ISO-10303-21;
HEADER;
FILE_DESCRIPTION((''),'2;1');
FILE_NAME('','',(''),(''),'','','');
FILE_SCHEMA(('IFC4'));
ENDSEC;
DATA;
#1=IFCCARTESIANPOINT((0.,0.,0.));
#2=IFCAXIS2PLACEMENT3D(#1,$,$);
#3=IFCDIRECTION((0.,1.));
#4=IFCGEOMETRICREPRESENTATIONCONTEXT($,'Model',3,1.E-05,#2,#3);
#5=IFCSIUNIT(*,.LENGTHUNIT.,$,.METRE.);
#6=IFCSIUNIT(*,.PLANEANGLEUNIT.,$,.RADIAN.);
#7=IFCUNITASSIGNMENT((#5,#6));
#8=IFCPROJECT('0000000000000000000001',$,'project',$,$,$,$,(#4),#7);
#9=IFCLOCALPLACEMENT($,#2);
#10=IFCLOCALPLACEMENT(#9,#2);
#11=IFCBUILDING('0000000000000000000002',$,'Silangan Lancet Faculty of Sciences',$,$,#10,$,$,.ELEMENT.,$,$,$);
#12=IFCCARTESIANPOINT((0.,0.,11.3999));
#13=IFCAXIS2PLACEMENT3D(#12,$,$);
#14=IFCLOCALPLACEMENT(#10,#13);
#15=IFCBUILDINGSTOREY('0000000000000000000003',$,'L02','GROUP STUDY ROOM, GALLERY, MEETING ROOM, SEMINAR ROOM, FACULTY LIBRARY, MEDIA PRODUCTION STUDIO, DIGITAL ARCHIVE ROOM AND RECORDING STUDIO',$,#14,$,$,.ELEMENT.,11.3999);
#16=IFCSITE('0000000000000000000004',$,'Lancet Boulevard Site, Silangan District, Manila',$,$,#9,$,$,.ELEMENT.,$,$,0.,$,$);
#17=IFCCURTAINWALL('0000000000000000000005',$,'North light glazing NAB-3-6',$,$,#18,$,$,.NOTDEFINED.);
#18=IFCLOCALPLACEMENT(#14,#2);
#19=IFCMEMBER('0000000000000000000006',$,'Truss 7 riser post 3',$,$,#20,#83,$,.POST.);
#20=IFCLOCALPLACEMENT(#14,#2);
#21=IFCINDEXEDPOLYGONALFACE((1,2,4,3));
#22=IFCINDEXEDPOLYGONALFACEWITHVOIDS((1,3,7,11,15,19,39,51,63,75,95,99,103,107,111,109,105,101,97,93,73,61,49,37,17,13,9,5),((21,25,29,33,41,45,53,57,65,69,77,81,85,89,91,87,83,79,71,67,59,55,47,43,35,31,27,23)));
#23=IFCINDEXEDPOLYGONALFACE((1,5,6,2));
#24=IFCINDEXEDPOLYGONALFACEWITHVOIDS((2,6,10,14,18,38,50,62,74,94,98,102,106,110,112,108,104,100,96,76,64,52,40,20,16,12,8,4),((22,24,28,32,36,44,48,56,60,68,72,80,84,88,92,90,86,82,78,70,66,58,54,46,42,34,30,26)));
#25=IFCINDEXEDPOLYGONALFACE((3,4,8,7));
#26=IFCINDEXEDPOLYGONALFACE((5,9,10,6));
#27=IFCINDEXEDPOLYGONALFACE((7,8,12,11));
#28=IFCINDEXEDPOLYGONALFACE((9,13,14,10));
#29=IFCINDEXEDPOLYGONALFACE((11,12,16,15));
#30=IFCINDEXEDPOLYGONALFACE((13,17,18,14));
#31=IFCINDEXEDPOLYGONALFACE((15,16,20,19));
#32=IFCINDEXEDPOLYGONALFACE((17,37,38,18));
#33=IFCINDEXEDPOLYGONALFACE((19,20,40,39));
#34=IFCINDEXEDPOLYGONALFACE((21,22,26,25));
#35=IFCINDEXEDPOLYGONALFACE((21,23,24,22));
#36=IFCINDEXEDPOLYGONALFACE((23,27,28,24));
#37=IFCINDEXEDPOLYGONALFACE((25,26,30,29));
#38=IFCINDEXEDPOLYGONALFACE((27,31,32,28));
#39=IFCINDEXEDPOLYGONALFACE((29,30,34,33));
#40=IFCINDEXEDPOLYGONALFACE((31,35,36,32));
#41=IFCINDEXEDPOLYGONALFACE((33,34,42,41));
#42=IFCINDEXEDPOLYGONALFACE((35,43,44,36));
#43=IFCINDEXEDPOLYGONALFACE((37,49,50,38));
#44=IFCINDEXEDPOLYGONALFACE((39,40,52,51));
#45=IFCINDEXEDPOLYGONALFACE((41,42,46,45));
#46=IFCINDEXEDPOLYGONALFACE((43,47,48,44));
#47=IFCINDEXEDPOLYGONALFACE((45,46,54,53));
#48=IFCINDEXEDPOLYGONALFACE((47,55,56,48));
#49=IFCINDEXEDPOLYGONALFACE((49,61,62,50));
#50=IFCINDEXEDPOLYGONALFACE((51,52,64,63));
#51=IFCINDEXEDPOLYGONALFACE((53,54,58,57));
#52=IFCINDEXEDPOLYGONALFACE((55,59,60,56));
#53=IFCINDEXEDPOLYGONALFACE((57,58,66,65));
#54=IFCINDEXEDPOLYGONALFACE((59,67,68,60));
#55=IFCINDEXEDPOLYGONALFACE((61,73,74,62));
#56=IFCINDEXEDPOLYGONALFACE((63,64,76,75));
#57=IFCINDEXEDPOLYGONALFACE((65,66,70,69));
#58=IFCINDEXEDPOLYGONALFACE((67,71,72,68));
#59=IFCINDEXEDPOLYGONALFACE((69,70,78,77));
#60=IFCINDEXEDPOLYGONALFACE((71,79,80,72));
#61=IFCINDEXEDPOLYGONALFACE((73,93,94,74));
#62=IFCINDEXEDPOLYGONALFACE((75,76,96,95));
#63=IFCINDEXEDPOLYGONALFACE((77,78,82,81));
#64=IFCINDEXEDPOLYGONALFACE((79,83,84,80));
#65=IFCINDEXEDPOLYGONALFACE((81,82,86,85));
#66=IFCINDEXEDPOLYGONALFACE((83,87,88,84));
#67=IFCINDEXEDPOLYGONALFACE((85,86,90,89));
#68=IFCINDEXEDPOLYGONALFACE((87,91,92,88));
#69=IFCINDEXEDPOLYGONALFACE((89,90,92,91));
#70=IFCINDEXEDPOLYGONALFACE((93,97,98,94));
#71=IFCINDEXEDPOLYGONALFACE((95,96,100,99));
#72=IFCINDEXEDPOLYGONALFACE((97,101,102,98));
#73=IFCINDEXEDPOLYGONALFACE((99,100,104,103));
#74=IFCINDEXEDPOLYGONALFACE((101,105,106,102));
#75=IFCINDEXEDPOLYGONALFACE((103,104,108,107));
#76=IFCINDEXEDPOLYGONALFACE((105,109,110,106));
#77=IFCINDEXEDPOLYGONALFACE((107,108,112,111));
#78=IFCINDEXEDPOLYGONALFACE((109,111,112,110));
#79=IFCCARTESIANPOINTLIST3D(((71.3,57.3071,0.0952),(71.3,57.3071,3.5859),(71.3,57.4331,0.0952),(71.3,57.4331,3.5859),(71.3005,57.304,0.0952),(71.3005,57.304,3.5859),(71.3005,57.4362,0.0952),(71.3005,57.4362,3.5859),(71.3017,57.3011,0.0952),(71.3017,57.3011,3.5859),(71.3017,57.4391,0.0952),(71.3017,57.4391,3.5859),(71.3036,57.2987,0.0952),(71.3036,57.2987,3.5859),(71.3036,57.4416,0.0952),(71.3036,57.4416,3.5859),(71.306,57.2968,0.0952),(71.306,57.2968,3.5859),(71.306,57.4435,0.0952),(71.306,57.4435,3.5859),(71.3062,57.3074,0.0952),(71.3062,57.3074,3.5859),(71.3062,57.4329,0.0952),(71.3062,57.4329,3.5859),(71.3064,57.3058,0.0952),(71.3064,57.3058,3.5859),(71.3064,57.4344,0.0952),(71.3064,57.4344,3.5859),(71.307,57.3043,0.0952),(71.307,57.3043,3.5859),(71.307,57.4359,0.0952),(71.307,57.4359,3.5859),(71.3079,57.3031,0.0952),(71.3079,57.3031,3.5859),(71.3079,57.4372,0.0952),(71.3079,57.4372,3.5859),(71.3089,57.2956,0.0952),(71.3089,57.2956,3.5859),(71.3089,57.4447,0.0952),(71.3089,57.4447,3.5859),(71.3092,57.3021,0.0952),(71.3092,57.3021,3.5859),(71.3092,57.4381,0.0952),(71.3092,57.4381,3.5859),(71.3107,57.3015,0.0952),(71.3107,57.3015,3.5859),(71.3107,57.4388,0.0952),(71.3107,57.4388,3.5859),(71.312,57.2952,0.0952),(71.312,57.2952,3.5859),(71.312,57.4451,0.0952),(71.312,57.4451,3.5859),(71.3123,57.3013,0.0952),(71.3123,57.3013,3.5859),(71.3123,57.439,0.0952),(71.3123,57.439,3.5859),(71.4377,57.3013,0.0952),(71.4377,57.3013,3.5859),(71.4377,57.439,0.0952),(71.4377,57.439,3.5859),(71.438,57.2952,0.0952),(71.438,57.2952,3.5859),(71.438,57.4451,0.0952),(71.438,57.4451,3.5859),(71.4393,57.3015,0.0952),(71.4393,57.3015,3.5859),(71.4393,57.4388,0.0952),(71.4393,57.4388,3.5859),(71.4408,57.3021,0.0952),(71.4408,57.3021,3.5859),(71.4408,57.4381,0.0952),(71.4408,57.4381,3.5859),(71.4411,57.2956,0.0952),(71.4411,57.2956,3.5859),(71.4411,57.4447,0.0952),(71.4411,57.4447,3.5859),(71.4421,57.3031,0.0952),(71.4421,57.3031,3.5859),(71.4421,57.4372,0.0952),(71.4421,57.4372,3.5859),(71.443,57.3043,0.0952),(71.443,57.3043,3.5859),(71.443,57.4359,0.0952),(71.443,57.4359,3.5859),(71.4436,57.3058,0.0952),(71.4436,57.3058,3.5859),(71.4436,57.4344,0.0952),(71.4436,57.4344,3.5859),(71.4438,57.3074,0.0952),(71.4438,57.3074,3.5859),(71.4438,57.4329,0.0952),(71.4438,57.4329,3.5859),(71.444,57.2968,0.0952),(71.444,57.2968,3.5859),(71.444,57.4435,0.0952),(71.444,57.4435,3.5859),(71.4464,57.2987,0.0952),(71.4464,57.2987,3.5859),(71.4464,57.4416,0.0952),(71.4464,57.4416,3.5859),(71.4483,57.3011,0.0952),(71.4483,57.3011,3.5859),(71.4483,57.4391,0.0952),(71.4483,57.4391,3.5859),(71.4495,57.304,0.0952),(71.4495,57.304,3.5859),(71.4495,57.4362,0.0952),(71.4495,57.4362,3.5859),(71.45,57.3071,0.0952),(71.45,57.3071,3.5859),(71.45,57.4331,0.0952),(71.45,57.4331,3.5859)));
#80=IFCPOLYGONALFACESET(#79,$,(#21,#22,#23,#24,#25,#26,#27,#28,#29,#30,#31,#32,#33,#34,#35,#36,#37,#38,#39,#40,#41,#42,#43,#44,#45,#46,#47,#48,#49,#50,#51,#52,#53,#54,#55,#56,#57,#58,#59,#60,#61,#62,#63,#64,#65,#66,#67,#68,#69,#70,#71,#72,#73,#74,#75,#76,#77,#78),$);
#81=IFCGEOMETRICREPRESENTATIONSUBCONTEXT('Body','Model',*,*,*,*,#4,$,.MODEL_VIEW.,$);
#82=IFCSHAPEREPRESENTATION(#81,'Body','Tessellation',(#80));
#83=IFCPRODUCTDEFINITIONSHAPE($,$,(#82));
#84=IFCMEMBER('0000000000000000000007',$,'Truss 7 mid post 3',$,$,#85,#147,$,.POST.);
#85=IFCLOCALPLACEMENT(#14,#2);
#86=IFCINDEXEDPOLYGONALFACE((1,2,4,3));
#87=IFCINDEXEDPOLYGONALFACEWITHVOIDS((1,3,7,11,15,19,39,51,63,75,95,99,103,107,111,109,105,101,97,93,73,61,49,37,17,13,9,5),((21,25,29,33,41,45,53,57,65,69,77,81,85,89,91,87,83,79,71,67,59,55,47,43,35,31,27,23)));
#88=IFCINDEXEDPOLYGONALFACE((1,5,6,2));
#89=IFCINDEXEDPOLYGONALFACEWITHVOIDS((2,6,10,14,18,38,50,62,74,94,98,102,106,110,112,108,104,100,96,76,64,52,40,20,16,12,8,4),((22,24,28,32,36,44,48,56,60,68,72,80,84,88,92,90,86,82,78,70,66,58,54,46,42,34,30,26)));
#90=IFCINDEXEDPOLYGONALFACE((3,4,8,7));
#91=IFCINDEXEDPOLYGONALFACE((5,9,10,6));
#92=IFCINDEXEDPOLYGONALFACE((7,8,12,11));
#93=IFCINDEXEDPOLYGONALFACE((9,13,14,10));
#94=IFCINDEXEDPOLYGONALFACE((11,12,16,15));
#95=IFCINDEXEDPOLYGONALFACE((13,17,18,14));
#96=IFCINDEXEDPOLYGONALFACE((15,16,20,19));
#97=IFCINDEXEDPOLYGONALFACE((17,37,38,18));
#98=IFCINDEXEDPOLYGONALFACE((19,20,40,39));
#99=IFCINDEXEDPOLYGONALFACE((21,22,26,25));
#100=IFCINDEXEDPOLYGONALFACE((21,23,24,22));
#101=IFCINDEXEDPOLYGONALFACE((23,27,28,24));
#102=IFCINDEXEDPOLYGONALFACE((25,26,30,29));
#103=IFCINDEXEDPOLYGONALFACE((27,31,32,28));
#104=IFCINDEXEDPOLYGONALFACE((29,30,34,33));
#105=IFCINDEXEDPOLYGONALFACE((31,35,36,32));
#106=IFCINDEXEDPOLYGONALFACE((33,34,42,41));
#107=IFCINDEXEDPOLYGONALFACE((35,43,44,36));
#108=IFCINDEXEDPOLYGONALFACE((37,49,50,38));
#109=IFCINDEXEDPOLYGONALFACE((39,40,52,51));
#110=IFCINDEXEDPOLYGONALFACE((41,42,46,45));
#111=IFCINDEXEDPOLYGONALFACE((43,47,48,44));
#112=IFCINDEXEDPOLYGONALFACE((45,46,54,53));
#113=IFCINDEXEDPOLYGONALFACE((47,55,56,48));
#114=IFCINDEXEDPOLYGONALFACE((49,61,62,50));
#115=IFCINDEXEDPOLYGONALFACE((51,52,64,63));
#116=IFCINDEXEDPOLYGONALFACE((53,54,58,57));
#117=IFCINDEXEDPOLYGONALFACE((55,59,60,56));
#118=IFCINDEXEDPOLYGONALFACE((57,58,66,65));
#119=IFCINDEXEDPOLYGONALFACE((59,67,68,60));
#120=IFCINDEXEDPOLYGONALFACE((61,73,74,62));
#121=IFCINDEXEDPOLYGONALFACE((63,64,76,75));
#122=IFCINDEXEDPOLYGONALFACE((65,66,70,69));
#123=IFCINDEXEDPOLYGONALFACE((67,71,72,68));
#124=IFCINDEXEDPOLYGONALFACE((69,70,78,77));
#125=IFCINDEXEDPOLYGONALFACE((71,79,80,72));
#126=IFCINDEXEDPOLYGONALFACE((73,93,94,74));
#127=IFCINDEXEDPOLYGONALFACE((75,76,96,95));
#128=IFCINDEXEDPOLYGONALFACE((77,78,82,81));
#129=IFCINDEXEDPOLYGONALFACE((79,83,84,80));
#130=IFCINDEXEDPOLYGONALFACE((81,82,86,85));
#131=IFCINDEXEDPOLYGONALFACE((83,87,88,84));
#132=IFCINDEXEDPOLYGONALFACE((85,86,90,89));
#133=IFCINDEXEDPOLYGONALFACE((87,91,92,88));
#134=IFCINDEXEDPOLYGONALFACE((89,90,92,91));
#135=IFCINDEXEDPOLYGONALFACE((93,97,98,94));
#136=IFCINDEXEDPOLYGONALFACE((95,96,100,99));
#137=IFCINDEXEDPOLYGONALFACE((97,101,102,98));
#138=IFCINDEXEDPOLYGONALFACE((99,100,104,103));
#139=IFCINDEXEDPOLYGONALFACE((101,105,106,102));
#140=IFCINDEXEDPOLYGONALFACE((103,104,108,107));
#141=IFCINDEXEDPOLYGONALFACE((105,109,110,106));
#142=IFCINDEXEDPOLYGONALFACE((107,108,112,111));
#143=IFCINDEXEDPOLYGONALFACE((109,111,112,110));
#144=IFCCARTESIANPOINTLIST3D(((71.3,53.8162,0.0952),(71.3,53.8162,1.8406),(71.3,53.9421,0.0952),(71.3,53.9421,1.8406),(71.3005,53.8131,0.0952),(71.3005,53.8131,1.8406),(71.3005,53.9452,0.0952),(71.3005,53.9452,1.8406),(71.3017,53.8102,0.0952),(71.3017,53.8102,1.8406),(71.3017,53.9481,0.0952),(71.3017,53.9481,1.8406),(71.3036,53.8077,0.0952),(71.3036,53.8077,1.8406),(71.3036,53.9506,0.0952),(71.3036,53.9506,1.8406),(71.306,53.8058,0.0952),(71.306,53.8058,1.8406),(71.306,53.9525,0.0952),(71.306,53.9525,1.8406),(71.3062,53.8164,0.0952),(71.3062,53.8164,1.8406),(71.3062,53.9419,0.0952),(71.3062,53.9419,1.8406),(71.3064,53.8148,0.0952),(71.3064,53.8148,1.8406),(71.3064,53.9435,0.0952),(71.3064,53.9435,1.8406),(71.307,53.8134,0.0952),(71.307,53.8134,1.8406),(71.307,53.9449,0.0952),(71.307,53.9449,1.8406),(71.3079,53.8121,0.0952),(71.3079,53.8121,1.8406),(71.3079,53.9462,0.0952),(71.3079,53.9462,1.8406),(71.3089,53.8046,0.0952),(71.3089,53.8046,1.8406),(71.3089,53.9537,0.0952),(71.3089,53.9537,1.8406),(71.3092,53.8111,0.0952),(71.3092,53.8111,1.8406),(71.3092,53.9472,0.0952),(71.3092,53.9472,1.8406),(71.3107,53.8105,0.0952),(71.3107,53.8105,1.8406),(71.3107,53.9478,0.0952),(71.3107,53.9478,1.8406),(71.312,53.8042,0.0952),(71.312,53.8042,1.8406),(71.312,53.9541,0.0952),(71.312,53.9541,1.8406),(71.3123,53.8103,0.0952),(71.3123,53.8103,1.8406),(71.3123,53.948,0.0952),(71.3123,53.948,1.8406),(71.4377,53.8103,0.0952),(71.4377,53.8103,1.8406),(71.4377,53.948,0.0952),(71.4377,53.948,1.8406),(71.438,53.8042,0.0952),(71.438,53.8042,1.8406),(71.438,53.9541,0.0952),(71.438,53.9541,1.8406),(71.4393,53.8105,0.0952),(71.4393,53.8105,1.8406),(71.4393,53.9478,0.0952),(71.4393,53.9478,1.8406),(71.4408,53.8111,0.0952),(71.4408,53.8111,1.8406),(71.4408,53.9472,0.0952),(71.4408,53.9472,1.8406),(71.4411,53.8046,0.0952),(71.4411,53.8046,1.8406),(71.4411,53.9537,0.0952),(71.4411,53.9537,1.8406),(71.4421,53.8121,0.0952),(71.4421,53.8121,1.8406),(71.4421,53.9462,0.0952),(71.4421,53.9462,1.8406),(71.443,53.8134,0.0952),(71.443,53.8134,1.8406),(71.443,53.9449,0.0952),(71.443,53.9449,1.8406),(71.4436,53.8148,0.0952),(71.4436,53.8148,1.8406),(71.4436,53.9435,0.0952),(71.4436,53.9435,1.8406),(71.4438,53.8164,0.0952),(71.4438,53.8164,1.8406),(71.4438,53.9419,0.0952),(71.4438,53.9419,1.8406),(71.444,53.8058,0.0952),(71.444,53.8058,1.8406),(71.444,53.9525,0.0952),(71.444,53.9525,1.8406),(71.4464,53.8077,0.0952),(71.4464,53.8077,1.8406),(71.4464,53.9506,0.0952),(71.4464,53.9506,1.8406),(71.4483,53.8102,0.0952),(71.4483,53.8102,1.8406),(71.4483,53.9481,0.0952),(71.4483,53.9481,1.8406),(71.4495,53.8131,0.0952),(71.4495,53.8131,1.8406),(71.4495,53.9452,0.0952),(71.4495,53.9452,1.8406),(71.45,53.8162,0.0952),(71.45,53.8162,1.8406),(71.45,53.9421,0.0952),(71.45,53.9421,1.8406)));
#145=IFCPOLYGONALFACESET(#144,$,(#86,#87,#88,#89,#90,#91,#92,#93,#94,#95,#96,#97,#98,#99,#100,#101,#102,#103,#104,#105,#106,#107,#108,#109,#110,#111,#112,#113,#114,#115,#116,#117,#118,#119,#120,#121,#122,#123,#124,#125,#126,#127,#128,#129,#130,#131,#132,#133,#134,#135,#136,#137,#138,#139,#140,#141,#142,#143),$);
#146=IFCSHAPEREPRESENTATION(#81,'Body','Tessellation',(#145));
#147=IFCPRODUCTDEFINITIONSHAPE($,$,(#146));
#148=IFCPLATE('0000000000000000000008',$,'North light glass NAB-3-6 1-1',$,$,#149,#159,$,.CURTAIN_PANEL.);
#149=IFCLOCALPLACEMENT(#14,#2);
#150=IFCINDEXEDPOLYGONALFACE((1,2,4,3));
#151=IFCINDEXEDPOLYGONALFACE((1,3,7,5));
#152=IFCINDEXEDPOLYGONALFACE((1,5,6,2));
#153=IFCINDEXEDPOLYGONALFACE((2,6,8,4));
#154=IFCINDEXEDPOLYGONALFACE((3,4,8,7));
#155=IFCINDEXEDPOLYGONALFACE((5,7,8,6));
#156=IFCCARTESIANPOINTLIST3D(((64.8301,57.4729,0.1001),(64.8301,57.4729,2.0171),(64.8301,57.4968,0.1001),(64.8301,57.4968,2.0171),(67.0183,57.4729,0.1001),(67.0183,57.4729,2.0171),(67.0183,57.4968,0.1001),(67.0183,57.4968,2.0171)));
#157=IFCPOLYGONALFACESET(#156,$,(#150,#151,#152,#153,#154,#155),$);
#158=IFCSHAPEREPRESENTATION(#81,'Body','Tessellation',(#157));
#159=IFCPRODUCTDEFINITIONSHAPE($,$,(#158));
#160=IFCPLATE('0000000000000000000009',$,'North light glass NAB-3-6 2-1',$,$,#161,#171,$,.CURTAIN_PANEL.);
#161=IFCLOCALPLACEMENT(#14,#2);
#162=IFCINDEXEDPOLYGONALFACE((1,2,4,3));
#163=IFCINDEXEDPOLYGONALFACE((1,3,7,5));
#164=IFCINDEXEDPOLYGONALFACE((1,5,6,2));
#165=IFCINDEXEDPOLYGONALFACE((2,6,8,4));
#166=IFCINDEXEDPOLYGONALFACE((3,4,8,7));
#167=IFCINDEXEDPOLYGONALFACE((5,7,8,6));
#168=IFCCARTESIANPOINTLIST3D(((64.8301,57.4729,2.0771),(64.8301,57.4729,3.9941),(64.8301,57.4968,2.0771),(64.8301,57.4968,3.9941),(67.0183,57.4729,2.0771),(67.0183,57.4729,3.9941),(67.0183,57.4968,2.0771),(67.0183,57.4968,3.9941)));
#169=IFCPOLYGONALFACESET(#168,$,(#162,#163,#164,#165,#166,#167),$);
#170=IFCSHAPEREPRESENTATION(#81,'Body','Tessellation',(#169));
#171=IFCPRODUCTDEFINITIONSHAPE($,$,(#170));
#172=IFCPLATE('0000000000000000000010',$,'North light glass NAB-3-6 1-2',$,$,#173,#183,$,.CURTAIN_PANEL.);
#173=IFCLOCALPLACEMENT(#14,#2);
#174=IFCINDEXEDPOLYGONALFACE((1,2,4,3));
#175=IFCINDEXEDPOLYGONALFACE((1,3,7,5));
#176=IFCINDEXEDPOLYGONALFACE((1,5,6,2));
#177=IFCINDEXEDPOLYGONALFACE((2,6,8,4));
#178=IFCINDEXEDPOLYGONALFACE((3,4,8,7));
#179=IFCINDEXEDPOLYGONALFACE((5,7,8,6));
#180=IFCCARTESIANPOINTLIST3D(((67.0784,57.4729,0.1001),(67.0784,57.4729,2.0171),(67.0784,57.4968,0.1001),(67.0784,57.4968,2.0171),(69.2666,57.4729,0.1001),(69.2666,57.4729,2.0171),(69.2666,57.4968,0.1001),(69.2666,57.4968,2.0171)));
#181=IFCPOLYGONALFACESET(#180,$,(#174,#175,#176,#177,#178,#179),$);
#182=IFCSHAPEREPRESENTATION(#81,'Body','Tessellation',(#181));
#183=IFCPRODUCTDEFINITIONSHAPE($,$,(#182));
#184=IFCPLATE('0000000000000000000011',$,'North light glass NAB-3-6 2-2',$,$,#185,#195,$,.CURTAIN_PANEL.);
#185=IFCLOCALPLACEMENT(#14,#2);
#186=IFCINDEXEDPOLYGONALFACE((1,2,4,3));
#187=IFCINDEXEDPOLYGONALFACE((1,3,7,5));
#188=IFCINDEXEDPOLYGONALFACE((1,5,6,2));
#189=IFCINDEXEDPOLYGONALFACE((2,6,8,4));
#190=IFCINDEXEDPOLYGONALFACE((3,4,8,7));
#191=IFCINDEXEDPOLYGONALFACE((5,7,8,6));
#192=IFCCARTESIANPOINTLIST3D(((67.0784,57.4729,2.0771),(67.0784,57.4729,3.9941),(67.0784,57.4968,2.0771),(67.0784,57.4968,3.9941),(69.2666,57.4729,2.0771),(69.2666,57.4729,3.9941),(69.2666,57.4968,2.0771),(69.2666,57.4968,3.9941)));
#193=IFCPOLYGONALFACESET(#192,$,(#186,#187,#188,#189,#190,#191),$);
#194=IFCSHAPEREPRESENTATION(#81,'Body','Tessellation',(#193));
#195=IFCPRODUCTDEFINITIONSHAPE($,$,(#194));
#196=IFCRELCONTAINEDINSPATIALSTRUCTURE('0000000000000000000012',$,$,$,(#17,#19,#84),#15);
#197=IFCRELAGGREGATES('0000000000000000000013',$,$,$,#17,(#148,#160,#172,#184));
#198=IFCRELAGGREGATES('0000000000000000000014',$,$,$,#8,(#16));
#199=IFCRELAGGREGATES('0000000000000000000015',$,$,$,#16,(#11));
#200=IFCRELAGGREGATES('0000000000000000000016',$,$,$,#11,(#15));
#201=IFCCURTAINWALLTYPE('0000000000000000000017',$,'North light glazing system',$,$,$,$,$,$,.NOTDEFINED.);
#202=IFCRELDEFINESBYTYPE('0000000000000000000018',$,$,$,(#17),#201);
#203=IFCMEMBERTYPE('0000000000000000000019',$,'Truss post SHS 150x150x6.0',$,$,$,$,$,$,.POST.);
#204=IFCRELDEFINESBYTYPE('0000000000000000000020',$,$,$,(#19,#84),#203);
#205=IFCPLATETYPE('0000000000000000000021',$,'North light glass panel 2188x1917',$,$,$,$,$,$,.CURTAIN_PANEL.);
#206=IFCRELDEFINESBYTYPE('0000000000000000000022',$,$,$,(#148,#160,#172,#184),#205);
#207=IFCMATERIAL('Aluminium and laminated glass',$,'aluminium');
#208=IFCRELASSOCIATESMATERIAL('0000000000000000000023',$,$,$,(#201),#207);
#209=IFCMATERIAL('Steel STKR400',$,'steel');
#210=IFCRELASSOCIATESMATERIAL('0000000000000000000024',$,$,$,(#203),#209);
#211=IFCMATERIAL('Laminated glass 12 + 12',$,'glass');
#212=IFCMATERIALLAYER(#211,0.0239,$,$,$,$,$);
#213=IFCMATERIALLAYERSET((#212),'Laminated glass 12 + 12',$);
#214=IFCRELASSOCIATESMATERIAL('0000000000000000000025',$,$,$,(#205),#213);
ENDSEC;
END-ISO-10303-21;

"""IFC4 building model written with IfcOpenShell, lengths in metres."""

from ifc_helpers import new_model, si_unit, direction, frame, origin, origin_2d, place, context, subcontext, project, spatial, polyline, hollow_rectangle, outline, extrude, material, layer, layer_set, material_profile, profile_set, type_object, element, aggregate, save


model = new_model("IFC4")

# Units and contexts
model_context = context("Model", 3, precision=1e-05, world=origin(), true_north=direction((0.0, 1.0)))
body_context = subcontext(model_context, "Body", "Model", "MODEL_VIEW")
ifc_project = project(units=[si_unit("LENGTHUNIT", "METRE"), si_unit("PLANEANGLEUNIT", "RADIAN")], contexts=[model_context])

# Site, building, storey
site_placement = place(None, origin())
site = spatial("IfcSite", under=ifc_project, at=site_placement, Name="Lancet Boulevard Site, Silangan District, Manila", CompositionType="ELEMENT", RefElevation=0.0)
building_placement = place(site_placement, origin())
building = spatial("IfcBuilding", under=site, at=building_placement, Name="Silangan Lancet Faculty of Sciences", CompositionType="ELEMENT")
storey_placement = place(building_placement, frame((0.0, 0.0, 11.3999)))
storey = spatial("IfcBuildingStorey", under=building, at=storey_placement, Name="L02", Description="GROUP STUDY ROOM, GALLERY, MEETING ROOM, SEMINAR ROOM, FACULTY LIBRARY, MEDIA PRODUCTION STUDIO, DIGITAL ARCHIVE ROOM AND RECORDING STUDIO", CompositionType="ELEMENT", Elevation=11.3999)

# Curtain wall
ifc_material_1 = material(Name="Aluminium and laminated glass", Category="aluminium")
curtain_wall_type = type_object("IfcCurtainWallType", Name="North light glazing system", PredefinedType="NOTDEFINED", material=ifc_material_1)
curtain_wall_placement = place(storey_placement, origin())
curtain_wall = element("IfcCurtainWall", 1, at=curtain_wall_placement, inside=storey, type_object=curtain_wall_type, Name="North light glazing NAB-3-6", PredefinedType="NOTDEFINED")

# Members
ifc_material_2 = material(Name="Steel STKR400", Category="steel")
ifc_material_profile_1 = material_profile(ifc_material_2, hollow_rectangle(XDim=0.1499, YDim=0.1499, WallThickness=0.0061, InnerFilletRadius=0.0061, OuterFilletRadius=0.012, at=origin_2d()), Name="SHS 150x150x6.0")
ifc_profile_set_1 = profile_set([ifc_material_profile_1], Name="Steel STKR400")
member_type_1 = type_object("IfcMemberType", Name="Truss post SHS 150x150x6.0", PredefinedType="POST", material=ifc_profile_set_1)
member_1_placement = place(storey_placement, frame((71.375, 57.3701, 0.0952), z_axis=(0.0, 0.0, 1.0), x_axis=(1.0, 0.0, 0.0)))
element("IfcMember", 2, at=member_1_placement, inside=storey, type_object=member_type_1, Name="Truss 7 riser post 3", PredefinedType="POST", context=body_context, shape_type="SweptSolid", body=[
    extrude(hollow_rectangle(XDim=0.1499, YDim=0.1499, WallThickness=0.0061, InnerFilletRadius=0.0061, OuterFilletRadius=0.012, at=origin_2d()), origin(), (0.0, 0.0, 1.0), 3.4907),
])
member_2_placement = place(storey_placement, frame((71.375, 53.8792, 0.0952), z_axis=(0.0, 0.0, 1.0), x_axis=(1.0, 0.0, 0.0)))
element("IfcMember", 3, at=member_2_placement, inside=storey, type_object=member_type_1, Name="Truss 7 mid post 3", PredefinedType="POST", context=body_context, shape_type="SweptSolid", body=[
    extrude(hollow_rectangle(XDim=0.1499, YDim=0.1499, WallThickness=0.0061, InnerFilletRadius=0.0061, OuterFilletRadius=0.012, at=origin_2d()), origin(), (0.0, 0.0, 1.0), 1.7454),
])

# Plates
ifc_material_3 = material(Name="Laminated glass 12 + 12", Category="glass")
ifc_layer_1 = layer(ifc_material_3, 0.0239)
ifc_layer_set_1 = layer_set([ifc_layer_1], Name="Laminated glass 12 + 12")
plate_type_1 = type_object("IfcPlateType", Name="North light glass panel 2188x1917", PredefinedType="CURTAIN_PANEL", material=ifc_layer_set_1)
plate_1_placement = place(storey_placement, frame((64.8301, 57.4729, 0.1001), z_axis=(0.0, -1.0, 0.0), x_axis=(1.0, 0.0, 0.0)))
plate_1 = element("IfcPlate", 4, at=plate_1_placement, type_object=plate_type_1, Name="North light glass NAB-3-6 1-1", PredefinedType="CURTAIN_PANEL", context=body_context, shape_type="SweptSolid", body=[
    extrude(outline(polyline([(0.0, 0.0), (2.1882, 0.0), (2.1882, 1.917), (0.0, 1.917), (0.0, 0.0)])), origin(), (0.0, 0.0, -1.0), 0.0239),
])
plate_2_placement = place(storey_placement, frame((64.8301, 57.4729, 2.0771), z_axis=(0.0, -1.0, 0.0), x_axis=(1.0, 0.0, 0.0)))
plate_2 = element("IfcPlate", 5, at=plate_2_placement, type_object=plate_type_1, Name="North light glass NAB-3-6 2-1", PredefinedType="CURTAIN_PANEL", context=body_context, shape_type="SweptSolid", body=[
    extrude(outline(polyline([(0.0, 0.0), (2.1882, 0.0), (2.1882, 1.917), (0.0, 1.917), (0.0, 0.0)])), origin(), (0.0, 0.0, -1.0), 0.0239),
])
plate_3_placement = place(storey_placement, frame((67.0784, 57.4729, 0.1001), z_axis=(0.0, -1.0, 0.0), x_axis=(1.0, 0.0, 0.0)))
plate_3 = element("IfcPlate", 6, at=plate_3_placement, type_object=plate_type_1, Name="North light glass NAB-3-6 1-2", PredefinedType="CURTAIN_PANEL", context=body_context, shape_type="SweptSolid", body=[
    extrude(outline(polyline([(0.0, 0.0), (2.1882, 0.0), (2.1882, 1.917), (0.0, 1.917), (0.0, 0.0)])), origin(), (0.0, 0.0, -1.0), 0.0239),
])
plate_4_placement = place(storey_placement, frame((67.0784, 57.4729, 2.0771), z_axis=(0.0, -1.0, 0.0), x_axis=(1.0, 0.0, 0.0)))
plate_4 = element("IfcPlate", 7, at=plate_4_placement, type_object=plate_type_1, Name="North light glass NAB-3-6 2-2", PredefinedType="CURTAIN_PANEL", context=body_context, shape_type="SweptSolid", body=[
    extrude(outline(polyline([(0.0, 0.0), (2.1882, 0.0), (2.1882, 1.917), (0.0, 1.917), (0.0, 0.0)])), origin(), (0.0, 0.0, -1.0), 0.0239),
])
aggregate(curtain_wall, [plate_1, plate_2, plate_3, plate_4])

save(model, "model.ifc")
